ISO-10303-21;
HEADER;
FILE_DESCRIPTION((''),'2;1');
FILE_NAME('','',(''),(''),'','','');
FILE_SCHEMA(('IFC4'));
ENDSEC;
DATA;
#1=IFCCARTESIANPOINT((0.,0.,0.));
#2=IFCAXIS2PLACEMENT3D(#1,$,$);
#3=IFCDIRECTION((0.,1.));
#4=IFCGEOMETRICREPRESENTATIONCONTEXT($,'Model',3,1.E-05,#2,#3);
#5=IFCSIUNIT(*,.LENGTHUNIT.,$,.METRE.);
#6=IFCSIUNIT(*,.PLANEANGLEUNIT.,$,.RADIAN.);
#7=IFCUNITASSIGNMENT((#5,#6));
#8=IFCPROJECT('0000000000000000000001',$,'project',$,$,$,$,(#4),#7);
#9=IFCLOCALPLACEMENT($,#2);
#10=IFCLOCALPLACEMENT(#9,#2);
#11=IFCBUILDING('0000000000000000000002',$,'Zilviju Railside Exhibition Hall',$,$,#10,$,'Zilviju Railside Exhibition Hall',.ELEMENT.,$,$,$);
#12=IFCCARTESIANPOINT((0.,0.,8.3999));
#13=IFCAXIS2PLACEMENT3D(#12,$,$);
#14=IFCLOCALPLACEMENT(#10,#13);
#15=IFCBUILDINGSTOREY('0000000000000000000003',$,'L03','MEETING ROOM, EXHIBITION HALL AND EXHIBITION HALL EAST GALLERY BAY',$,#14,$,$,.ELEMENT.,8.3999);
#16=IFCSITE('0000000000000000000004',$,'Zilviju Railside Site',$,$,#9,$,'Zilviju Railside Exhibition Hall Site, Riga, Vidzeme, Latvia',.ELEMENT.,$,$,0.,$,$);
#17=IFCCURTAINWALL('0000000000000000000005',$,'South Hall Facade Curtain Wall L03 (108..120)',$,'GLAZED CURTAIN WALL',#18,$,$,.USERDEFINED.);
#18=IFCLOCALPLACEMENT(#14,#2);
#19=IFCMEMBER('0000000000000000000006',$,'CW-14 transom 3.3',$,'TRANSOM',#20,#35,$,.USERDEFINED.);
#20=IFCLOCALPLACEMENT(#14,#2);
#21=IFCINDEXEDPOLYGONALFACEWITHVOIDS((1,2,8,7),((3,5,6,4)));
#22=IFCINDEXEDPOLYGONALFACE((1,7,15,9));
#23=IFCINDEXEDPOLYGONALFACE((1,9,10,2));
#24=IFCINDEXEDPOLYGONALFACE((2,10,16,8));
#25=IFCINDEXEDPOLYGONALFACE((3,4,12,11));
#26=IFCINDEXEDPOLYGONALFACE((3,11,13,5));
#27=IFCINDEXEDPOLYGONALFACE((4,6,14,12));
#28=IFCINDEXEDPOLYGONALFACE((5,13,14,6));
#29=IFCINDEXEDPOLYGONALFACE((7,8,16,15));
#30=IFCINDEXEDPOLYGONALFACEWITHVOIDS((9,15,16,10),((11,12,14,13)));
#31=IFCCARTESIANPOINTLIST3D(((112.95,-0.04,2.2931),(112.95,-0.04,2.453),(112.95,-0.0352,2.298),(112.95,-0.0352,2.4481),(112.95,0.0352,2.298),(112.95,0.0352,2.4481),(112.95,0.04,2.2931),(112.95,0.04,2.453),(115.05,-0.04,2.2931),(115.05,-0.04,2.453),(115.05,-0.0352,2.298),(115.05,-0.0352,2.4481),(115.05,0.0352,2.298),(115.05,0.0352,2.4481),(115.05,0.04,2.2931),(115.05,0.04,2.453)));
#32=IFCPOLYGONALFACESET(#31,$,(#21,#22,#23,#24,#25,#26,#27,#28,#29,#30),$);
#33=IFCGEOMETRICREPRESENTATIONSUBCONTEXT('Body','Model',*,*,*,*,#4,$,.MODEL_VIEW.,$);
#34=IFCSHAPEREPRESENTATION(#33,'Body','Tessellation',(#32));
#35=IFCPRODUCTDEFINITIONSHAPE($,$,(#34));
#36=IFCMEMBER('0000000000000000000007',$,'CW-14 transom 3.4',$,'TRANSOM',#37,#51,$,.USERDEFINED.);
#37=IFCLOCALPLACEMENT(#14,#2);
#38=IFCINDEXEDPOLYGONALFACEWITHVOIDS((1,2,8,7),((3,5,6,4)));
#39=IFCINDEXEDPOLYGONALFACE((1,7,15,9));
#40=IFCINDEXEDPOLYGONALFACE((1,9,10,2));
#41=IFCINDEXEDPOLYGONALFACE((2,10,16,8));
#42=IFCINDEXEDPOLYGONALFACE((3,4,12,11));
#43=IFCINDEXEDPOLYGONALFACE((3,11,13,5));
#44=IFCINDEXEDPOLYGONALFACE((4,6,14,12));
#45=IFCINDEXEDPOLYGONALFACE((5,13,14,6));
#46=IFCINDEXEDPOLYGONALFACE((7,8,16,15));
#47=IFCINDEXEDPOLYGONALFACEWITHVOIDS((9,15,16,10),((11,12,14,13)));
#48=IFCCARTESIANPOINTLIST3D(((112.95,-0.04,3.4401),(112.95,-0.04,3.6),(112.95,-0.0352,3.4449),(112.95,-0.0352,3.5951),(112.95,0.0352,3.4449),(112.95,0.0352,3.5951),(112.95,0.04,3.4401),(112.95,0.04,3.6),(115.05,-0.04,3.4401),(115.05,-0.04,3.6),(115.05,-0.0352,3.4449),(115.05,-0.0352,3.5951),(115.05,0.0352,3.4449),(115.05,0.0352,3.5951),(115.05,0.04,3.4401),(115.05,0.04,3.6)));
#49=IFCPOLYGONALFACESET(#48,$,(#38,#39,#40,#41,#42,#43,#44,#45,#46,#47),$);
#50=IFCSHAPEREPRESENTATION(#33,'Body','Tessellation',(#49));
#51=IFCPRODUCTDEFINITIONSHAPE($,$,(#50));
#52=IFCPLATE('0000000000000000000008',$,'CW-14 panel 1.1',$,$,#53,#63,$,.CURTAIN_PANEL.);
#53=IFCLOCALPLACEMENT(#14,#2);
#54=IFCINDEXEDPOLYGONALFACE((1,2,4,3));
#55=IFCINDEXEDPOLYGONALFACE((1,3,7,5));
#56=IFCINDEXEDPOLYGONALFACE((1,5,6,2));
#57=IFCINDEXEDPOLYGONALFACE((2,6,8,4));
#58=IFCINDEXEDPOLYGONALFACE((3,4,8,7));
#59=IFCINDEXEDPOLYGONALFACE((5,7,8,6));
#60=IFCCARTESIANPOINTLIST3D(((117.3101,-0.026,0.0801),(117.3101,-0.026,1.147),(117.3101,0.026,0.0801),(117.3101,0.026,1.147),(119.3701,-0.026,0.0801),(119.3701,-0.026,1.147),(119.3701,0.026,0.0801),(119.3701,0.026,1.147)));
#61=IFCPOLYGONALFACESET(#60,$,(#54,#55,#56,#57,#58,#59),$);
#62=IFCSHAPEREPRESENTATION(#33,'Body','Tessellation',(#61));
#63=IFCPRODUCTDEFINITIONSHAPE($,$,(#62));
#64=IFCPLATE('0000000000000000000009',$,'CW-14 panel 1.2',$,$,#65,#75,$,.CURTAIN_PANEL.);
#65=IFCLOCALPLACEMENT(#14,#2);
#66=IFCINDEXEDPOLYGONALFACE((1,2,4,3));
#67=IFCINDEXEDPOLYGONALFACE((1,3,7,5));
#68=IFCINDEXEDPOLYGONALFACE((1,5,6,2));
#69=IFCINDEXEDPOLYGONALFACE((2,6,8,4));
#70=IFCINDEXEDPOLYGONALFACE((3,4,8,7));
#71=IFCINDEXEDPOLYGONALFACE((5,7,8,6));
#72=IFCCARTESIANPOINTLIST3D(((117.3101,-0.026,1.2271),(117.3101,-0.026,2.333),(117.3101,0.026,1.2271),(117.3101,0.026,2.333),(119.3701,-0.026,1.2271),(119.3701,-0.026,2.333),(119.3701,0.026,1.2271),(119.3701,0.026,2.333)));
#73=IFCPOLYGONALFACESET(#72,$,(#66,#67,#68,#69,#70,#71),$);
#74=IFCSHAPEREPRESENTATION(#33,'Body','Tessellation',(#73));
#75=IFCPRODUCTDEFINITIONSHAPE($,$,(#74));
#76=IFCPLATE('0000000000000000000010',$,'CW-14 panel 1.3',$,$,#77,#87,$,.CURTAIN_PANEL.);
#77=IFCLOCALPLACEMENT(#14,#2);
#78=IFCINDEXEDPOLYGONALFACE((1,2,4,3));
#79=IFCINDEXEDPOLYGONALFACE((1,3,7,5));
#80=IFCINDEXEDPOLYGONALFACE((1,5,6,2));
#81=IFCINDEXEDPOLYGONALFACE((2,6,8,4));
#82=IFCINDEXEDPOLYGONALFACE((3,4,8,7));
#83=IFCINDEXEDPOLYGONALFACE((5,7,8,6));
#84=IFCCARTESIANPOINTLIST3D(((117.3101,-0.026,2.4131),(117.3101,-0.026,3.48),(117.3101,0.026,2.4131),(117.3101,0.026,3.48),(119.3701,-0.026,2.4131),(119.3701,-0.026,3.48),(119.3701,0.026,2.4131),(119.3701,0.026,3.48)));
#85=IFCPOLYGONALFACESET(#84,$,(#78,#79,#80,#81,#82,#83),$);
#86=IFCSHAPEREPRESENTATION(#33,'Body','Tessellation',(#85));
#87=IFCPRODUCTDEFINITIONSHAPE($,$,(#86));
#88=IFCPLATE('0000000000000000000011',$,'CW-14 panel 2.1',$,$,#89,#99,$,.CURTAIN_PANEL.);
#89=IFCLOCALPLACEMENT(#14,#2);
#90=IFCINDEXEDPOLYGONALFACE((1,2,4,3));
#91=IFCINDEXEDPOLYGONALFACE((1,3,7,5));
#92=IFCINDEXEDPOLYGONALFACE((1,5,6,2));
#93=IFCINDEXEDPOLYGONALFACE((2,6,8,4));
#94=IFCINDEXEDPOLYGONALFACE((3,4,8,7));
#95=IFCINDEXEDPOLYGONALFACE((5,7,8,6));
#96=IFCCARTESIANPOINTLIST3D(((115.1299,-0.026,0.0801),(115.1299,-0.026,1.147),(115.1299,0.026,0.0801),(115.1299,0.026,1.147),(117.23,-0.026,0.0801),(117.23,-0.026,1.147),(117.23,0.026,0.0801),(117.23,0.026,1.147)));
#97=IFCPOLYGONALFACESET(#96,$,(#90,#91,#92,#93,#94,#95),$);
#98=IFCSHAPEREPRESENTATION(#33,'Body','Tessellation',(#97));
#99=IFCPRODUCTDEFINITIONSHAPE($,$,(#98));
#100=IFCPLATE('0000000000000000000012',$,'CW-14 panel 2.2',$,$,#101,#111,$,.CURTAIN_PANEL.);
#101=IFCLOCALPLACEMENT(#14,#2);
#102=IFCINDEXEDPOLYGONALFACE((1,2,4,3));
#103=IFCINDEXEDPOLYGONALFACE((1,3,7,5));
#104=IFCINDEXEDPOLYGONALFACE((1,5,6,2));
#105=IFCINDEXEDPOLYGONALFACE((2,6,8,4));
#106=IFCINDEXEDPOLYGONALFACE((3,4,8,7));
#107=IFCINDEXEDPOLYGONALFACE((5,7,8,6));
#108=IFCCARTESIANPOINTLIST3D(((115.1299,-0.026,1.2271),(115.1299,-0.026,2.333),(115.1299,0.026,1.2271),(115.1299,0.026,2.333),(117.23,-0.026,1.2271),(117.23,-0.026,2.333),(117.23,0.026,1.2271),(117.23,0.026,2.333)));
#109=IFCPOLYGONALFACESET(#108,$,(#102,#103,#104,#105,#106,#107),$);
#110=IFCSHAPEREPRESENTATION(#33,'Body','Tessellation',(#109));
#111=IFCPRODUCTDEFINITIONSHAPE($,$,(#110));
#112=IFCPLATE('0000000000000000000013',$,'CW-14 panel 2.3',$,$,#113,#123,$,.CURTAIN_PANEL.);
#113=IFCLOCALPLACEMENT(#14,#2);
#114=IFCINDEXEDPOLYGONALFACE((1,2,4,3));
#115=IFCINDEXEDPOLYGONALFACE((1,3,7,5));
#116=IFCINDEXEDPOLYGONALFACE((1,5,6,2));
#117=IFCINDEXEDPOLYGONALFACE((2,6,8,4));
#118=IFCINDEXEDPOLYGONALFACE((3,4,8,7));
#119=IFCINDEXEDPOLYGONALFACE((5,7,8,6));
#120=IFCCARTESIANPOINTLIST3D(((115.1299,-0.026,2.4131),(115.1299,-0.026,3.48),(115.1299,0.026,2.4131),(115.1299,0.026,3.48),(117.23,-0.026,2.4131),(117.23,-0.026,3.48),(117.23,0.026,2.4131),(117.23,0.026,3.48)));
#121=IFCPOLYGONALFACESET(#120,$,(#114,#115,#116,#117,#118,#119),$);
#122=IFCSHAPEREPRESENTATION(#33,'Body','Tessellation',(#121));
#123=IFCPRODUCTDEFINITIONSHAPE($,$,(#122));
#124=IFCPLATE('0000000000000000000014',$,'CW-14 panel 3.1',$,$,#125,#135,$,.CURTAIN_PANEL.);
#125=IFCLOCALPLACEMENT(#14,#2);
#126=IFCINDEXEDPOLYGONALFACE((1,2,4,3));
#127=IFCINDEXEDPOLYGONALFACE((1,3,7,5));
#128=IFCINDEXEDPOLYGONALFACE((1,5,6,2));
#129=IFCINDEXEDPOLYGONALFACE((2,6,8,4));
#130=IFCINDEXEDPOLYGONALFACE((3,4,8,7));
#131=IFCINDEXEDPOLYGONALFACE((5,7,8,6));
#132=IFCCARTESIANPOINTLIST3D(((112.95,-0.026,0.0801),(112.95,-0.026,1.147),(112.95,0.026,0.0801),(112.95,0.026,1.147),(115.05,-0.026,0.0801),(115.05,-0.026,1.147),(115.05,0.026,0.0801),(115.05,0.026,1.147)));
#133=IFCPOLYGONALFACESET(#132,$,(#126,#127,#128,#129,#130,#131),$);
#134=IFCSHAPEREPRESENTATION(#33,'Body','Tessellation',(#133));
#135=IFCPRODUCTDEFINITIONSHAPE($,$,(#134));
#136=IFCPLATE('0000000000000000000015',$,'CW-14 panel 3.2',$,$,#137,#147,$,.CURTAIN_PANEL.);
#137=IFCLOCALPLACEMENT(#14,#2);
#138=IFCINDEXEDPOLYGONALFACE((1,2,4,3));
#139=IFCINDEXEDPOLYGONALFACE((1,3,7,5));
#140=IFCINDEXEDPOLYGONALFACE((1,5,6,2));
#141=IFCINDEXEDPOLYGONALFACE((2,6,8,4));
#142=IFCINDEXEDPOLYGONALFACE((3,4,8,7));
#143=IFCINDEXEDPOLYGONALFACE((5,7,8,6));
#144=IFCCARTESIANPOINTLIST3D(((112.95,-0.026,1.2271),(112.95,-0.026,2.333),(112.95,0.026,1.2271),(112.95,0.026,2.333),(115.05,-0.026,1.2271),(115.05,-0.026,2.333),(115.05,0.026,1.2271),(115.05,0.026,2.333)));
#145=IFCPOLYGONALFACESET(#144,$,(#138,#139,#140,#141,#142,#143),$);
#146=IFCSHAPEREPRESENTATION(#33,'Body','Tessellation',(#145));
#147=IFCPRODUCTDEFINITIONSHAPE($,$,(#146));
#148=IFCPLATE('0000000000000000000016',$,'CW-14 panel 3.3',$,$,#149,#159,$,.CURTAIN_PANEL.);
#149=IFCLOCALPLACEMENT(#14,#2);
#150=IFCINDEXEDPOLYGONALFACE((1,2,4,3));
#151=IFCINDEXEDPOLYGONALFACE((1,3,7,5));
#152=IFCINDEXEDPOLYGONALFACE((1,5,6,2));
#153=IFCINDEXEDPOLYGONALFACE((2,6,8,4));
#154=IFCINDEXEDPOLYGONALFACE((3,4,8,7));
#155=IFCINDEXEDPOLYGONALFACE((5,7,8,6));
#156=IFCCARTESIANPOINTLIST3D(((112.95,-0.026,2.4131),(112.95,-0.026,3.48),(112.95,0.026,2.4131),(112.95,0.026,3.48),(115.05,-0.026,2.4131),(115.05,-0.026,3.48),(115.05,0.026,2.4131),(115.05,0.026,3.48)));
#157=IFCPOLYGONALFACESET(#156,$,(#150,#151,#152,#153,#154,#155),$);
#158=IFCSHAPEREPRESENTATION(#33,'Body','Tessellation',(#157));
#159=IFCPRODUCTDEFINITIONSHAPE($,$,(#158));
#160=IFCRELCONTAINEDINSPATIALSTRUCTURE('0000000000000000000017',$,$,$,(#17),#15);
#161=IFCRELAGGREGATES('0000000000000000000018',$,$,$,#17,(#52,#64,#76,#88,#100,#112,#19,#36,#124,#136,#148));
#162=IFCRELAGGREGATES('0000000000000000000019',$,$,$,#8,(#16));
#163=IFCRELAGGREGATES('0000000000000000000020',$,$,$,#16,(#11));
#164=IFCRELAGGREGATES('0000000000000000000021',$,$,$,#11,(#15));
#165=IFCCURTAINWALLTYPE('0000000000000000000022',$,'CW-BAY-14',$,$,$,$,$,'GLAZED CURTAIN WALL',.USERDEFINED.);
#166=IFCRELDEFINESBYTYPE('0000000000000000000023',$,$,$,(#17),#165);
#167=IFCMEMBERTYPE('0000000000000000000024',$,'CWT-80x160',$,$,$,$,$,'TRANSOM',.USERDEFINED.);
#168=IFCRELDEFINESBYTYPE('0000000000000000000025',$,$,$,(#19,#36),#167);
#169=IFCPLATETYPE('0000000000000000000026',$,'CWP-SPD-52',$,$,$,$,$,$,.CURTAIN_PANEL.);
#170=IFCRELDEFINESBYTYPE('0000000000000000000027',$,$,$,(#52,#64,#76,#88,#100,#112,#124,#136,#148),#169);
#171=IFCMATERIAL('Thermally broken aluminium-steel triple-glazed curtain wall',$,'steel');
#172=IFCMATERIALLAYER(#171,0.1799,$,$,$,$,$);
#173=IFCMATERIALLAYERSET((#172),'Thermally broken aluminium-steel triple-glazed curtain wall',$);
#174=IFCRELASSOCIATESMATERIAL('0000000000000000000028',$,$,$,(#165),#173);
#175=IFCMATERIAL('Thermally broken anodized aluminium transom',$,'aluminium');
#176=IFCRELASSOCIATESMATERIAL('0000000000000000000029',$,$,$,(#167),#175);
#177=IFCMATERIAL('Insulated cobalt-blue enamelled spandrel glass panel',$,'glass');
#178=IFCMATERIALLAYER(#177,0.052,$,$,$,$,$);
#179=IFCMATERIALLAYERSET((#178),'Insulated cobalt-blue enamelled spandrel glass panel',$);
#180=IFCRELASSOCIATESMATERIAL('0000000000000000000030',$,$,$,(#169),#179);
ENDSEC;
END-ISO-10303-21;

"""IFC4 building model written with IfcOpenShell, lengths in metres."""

from ifc_helpers import new_model, si_unit, direction, frame, origin, origin_2d, place, context, subcontext, project, spatial, rectangle, hollow_rectangle, extrude, material, layer, layer_set, material_profile, profile_set, type_object, element, aggregate, save


model = new_model("IFC4")

# Units and contexts
model_context = context("Model", 3, precision=1e-05, world=origin(), true_north=direction((0.0, 1.0)))
body_context = subcontext(model_context, "Body", "Model", "MODEL_VIEW")
ifc_project = project(units=[si_unit("LENGTHUNIT", "METRE"), si_unit("PLANEANGLEUNIT", "RADIAN")], contexts=[model_context])

# Site, building, storey
site_placement = place(None, origin())
site = spatial("IfcSite", under=ifc_project, at=site_placement, Name="Zilviju Railside Site", LongName="Zilviju Railside Exhibition Hall Site, Riga, Vidzeme, Latvia", CompositionType="ELEMENT", RefElevation=0.0)
building_placement = place(site_placement, origin())
building = spatial("IfcBuilding", under=site, at=building_placement, Name="Zilviju Railside Exhibition Hall", LongName="Zilviju Railside Exhibition Hall", CompositionType="ELEMENT")
storey_placement = place(building_placement, frame((0.0, 0.0, 8.3999)))
storey = spatial("IfcBuildingStorey", under=building, at=storey_placement, Name="L03", Description="MEETING ROOM, EXHIBITION HALL AND EXHIBITION HALL EAST GALLERY BAY", CompositionType="ELEMENT", Elevation=8.3999)

# Curtain wall, members, plates
ifc_material_1 = material(Name="Thermally broken aluminium-steel triple-glazed curtain wall", Category="steel")
ifc_layer_1 = layer(ifc_material_1, 0.1799)
ifc_layer_set_1 = layer_set([ifc_layer_1], Name="Thermally broken aluminium-steel triple-glazed curtain wall")
curtain_wall_type = type_object("IfcCurtainWallType", Name="CW-BAY-14", ElementType="GLAZED CURTAIN WALL", PredefinedType="USERDEFINED", material=ifc_layer_set_1)
curtain_wall_placement = place(storey_placement, origin())
curtain_wall = element("IfcCurtainWall", 1, at=curtain_wall_placement, inside=storey, type_object=curtain_wall_type, Name="South Hall Facade Curtain Wall L03 (108..120)", ObjectType="GLAZED CURTAIN WALL", PredefinedType="USERDEFINED")
ifc_material_2 = material(Name="Thermally broken anodized aluminium transom", Category="aluminium")
ifc_material_profile_1 = material_profile(ifc_material_2, hollow_rectangle(XDim=0.0801, YDim=0.1599, WallThickness=0.0049, at=origin_2d()), Name="TRANSOM 160x80x5")
ifc_profile_set_1 = profile_set([ifc_material_profile_1], Name="Thermally broken anodized aluminium transom")
member_type_1 = type_object("IfcMemberType", Name="CWT-80x160", ElementType="TRANSOM", PredefinedType="USERDEFINED", material=ifc_profile_set_1)
member_1_placement = place(storey_placement, frame((115.05, 0.0, 2.373), z_axis=(-1.0, 0.0, 0.0), x_axis=(0.0, -1.0, 0.0)))
member_1 = element("IfcMember", 2, at=member_1_placement, type_object=member_type_1, Name="CW-14 transom 3.3", ObjectType="TRANSOM", PredefinedType="USERDEFINED", context=body_context, shape_type="SweptSolid", body=[
    extrude(hollow_rectangle(XDim=0.0801, YDim=0.1599, WallThickness=0.0049, at=origin_2d()), origin(), (0.0, 0.0, 1.0), 2.1001),
])
member_2_placement = place(storey_placement, frame((115.05, 0.0, 3.52), z_axis=(-1.0, 0.0, 0.0), x_axis=(0.0, -1.0, 0.0)))
member_2 = element("IfcMember", 3, at=member_2_placement, type_object=member_type_1, Name="CW-14 transom 3.4", ObjectType="TRANSOM", PredefinedType="USERDEFINED", context=body_context, shape_type="SweptSolid", body=[
    extrude(hollow_rectangle(XDim=0.0801, YDim=0.1599, WallThickness=0.0049, at=origin_2d()), origin(), (0.0, 0.0, 1.0), 2.1001),
])
ifc_material_3 = material(Name="Insulated cobalt-blue enamelled spandrel glass panel", Category="glass")
ifc_layer_2 = layer(ifc_material_3, 0.052)
ifc_layer_set_2 = layer_set([ifc_layer_2], Name="Insulated cobalt-blue enamelled spandrel glass panel")
plate_type = type_object("IfcPlateType", Name="CWP-SPD-52", PredefinedType="CURTAIN_PANEL", material=ifc_layer_set_2)
plate_1_placement = place(storey_placement, frame((118.3401, 0.0, 0.0801), z_axis=(0.0, 0.0, 1.0), x_axis=(-1.0, 0.0, 0.0)))
plate_1 = element("IfcPlate", 4, at=plate_1_placement, type_object=plate_type, Name="CW-14 panel 1.1", PredefinedType="CURTAIN_PANEL", context=body_context, shape_type="SweptSolid", body=[
    extrude(rectangle(XDim=2.0601, YDim=0.052, at=origin_2d()), origin(), (0.0, 0.0, 1.0), 1.0669),
])
plate_2_placement = place(storey_placement, frame((118.3401, 0.0, 1.2271), z_axis=(0.0, 0.0, 1.0), x_axis=(-1.0, 0.0, 0.0)))
plate_2 = element("IfcPlate", 5, at=plate_2_placement, type_object=plate_type, Name="CW-14 panel 1.2", PredefinedType="CURTAIN_PANEL", context=body_context, shape_type="SweptSolid", body=[
    extrude(rectangle(XDim=2.0601, YDim=0.052, at=origin_2d()), origin(), (0.0, 0.0, 1.0), 1.106),
])
plate_3_placement = place(storey_placement, frame((118.3401, 0.0, 2.4131), z_axis=(0.0, 0.0, 1.0), x_axis=(-1.0, 0.0, 0.0)))
plate_3 = element("IfcPlate", 6, at=plate_3_placement, type_object=plate_type, Name="CW-14 panel 1.3", PredefinedType="CURTAIN_PANEL", context=body_context, shape_type="SweptSolid", body=[
    extrude(rectangle(XDim=2.0601, YDim=0.052, at=origin_2d()), origin(), (0.0, 0.0, 1.0), 1.0669),
])
plate_4_placement = place(storey_placement, frame((116.1799, 0.0, 0.0801), z_axis=(0.0, 0.0, 1.0), x_axis=(-1.0, 0.0, 0.0)))
plate_4 = element("IfcPlate", 7, at=plate_4_placement, type_object=plate_type, Name="CW-14 panel 2.1", PredefinedType="CURTAIN_PANEL", context=body_context, shape_type="SweptSolid", body=[
    extrude(rectangle(XDim=2.1001, YDim=0.052, at=origin_2d()), origin(), (0.0, 0.0, 1.0), 1.0669),
])
plate_5_placement = place(storey_placement, frame((116.1799, 0.0, 1.2271), z_axis=(0.0, 0.0, 1.0), x_axis=(-1.0, 0.0, 0.0)))
plate_5 = element("IfcPlate", 8, at=plate_5_placement, type_object=plate_type, Name="CW-14 panel 2.2", PredefinedType="CURTAIN_PANEL", context=body_context, shape_type="SweptSolid", body=[
    extrude(rectangle(XDim=2.1001, YDim=0.052, at=origin_2d()), origin(), (0.0, 0.0, 1.0), 1.106),
])
plate_6_placement = place(storey_placement, frame((116.1799, 0.0, 2.4131), z_axis=(0.0, 0.0, 1.0), x_axis=(-1.0, 0.0, 0.0)))
plate_6 = element("IfcPlate", 9, at=plate_6_placement, type_object=plate_type, Name="CW-14 panel 2.3", PredefinedType="CURTAIN_PANEL", context=body_context, shape_type="SweptSolid", body=[
    extrude(rectangle(XDim=2.1001, YDim=0.052, at=origin_2d()), origin(), (0.0, 0.0, 1.0), 1.0669),
])
plate_7_placement = place(storey_placement, frame((114.0, 0.0, 0.0801), z_axis=(0.0, 0.0, 1.0), x_axis=(-1.0, 0.0, 0.0)))
plate_7 = element("IfcPlate", 10, at=plate_7_placement, type_object=plate_type, Name="CW-14 panel 3.1", PredefinedType="CURTAIN_PANEL", context=body_context, shape_type="SweptSolid", body=[
    extrude(rectangle(XDim=2.1001, YDim=0.052, at=origin_2d()), origin(), (0.0, 0.0, 1.0), 1.0669),
])
plate_8_placement = place(storey_placement, frame((114.0, 0.0, 1.2271), z_axis=(0.0, 0.0, 1.0), x_axis=(-1.0, 0.0, 0.0)))
plate_8 = element("IfcPlate", 11, at=plate_8_placement, type_object=plate_type, Name="CW-14 panel 3.2", PredefinedType="CURTAIN_PANEL", context=body_context, shape_type="SweptSolid", body=[
    extrude(rectangle(XDim=2.1001, YDim=0.052, at=origin_2d()), origin(), (0.0, 0.0, 1.0), 1.106),
])
plate_9_placement = place(storey_placement, frame((114.0, 0.0, 2.4131), z_axis=(0.0, 0.0, 1.0), x_axis=(-1.0, 0.0, 0.0)))
plate_9 = element("IfcPlate", 12, at=plate_9_placement, type_object=plate_type, Name="CW-14 panel 3.3", PredefinedType="CURTAIN_PANEL", context=body_context, shape_type="SweptSolid", body=[
    extrude(rectangle(XDim=2.1001, YDim=0.052, at=origin_2d()), origin(), (0.0, 0.0, 1.0), 1.0669),
])
aggregate(curtain_wall, [plate_1, plate_2, plate_3, plate_4, plate_5, plate_6, member_1, member_2, plate_7, plate_8, plate_9])

save(model, "model.ifc")
